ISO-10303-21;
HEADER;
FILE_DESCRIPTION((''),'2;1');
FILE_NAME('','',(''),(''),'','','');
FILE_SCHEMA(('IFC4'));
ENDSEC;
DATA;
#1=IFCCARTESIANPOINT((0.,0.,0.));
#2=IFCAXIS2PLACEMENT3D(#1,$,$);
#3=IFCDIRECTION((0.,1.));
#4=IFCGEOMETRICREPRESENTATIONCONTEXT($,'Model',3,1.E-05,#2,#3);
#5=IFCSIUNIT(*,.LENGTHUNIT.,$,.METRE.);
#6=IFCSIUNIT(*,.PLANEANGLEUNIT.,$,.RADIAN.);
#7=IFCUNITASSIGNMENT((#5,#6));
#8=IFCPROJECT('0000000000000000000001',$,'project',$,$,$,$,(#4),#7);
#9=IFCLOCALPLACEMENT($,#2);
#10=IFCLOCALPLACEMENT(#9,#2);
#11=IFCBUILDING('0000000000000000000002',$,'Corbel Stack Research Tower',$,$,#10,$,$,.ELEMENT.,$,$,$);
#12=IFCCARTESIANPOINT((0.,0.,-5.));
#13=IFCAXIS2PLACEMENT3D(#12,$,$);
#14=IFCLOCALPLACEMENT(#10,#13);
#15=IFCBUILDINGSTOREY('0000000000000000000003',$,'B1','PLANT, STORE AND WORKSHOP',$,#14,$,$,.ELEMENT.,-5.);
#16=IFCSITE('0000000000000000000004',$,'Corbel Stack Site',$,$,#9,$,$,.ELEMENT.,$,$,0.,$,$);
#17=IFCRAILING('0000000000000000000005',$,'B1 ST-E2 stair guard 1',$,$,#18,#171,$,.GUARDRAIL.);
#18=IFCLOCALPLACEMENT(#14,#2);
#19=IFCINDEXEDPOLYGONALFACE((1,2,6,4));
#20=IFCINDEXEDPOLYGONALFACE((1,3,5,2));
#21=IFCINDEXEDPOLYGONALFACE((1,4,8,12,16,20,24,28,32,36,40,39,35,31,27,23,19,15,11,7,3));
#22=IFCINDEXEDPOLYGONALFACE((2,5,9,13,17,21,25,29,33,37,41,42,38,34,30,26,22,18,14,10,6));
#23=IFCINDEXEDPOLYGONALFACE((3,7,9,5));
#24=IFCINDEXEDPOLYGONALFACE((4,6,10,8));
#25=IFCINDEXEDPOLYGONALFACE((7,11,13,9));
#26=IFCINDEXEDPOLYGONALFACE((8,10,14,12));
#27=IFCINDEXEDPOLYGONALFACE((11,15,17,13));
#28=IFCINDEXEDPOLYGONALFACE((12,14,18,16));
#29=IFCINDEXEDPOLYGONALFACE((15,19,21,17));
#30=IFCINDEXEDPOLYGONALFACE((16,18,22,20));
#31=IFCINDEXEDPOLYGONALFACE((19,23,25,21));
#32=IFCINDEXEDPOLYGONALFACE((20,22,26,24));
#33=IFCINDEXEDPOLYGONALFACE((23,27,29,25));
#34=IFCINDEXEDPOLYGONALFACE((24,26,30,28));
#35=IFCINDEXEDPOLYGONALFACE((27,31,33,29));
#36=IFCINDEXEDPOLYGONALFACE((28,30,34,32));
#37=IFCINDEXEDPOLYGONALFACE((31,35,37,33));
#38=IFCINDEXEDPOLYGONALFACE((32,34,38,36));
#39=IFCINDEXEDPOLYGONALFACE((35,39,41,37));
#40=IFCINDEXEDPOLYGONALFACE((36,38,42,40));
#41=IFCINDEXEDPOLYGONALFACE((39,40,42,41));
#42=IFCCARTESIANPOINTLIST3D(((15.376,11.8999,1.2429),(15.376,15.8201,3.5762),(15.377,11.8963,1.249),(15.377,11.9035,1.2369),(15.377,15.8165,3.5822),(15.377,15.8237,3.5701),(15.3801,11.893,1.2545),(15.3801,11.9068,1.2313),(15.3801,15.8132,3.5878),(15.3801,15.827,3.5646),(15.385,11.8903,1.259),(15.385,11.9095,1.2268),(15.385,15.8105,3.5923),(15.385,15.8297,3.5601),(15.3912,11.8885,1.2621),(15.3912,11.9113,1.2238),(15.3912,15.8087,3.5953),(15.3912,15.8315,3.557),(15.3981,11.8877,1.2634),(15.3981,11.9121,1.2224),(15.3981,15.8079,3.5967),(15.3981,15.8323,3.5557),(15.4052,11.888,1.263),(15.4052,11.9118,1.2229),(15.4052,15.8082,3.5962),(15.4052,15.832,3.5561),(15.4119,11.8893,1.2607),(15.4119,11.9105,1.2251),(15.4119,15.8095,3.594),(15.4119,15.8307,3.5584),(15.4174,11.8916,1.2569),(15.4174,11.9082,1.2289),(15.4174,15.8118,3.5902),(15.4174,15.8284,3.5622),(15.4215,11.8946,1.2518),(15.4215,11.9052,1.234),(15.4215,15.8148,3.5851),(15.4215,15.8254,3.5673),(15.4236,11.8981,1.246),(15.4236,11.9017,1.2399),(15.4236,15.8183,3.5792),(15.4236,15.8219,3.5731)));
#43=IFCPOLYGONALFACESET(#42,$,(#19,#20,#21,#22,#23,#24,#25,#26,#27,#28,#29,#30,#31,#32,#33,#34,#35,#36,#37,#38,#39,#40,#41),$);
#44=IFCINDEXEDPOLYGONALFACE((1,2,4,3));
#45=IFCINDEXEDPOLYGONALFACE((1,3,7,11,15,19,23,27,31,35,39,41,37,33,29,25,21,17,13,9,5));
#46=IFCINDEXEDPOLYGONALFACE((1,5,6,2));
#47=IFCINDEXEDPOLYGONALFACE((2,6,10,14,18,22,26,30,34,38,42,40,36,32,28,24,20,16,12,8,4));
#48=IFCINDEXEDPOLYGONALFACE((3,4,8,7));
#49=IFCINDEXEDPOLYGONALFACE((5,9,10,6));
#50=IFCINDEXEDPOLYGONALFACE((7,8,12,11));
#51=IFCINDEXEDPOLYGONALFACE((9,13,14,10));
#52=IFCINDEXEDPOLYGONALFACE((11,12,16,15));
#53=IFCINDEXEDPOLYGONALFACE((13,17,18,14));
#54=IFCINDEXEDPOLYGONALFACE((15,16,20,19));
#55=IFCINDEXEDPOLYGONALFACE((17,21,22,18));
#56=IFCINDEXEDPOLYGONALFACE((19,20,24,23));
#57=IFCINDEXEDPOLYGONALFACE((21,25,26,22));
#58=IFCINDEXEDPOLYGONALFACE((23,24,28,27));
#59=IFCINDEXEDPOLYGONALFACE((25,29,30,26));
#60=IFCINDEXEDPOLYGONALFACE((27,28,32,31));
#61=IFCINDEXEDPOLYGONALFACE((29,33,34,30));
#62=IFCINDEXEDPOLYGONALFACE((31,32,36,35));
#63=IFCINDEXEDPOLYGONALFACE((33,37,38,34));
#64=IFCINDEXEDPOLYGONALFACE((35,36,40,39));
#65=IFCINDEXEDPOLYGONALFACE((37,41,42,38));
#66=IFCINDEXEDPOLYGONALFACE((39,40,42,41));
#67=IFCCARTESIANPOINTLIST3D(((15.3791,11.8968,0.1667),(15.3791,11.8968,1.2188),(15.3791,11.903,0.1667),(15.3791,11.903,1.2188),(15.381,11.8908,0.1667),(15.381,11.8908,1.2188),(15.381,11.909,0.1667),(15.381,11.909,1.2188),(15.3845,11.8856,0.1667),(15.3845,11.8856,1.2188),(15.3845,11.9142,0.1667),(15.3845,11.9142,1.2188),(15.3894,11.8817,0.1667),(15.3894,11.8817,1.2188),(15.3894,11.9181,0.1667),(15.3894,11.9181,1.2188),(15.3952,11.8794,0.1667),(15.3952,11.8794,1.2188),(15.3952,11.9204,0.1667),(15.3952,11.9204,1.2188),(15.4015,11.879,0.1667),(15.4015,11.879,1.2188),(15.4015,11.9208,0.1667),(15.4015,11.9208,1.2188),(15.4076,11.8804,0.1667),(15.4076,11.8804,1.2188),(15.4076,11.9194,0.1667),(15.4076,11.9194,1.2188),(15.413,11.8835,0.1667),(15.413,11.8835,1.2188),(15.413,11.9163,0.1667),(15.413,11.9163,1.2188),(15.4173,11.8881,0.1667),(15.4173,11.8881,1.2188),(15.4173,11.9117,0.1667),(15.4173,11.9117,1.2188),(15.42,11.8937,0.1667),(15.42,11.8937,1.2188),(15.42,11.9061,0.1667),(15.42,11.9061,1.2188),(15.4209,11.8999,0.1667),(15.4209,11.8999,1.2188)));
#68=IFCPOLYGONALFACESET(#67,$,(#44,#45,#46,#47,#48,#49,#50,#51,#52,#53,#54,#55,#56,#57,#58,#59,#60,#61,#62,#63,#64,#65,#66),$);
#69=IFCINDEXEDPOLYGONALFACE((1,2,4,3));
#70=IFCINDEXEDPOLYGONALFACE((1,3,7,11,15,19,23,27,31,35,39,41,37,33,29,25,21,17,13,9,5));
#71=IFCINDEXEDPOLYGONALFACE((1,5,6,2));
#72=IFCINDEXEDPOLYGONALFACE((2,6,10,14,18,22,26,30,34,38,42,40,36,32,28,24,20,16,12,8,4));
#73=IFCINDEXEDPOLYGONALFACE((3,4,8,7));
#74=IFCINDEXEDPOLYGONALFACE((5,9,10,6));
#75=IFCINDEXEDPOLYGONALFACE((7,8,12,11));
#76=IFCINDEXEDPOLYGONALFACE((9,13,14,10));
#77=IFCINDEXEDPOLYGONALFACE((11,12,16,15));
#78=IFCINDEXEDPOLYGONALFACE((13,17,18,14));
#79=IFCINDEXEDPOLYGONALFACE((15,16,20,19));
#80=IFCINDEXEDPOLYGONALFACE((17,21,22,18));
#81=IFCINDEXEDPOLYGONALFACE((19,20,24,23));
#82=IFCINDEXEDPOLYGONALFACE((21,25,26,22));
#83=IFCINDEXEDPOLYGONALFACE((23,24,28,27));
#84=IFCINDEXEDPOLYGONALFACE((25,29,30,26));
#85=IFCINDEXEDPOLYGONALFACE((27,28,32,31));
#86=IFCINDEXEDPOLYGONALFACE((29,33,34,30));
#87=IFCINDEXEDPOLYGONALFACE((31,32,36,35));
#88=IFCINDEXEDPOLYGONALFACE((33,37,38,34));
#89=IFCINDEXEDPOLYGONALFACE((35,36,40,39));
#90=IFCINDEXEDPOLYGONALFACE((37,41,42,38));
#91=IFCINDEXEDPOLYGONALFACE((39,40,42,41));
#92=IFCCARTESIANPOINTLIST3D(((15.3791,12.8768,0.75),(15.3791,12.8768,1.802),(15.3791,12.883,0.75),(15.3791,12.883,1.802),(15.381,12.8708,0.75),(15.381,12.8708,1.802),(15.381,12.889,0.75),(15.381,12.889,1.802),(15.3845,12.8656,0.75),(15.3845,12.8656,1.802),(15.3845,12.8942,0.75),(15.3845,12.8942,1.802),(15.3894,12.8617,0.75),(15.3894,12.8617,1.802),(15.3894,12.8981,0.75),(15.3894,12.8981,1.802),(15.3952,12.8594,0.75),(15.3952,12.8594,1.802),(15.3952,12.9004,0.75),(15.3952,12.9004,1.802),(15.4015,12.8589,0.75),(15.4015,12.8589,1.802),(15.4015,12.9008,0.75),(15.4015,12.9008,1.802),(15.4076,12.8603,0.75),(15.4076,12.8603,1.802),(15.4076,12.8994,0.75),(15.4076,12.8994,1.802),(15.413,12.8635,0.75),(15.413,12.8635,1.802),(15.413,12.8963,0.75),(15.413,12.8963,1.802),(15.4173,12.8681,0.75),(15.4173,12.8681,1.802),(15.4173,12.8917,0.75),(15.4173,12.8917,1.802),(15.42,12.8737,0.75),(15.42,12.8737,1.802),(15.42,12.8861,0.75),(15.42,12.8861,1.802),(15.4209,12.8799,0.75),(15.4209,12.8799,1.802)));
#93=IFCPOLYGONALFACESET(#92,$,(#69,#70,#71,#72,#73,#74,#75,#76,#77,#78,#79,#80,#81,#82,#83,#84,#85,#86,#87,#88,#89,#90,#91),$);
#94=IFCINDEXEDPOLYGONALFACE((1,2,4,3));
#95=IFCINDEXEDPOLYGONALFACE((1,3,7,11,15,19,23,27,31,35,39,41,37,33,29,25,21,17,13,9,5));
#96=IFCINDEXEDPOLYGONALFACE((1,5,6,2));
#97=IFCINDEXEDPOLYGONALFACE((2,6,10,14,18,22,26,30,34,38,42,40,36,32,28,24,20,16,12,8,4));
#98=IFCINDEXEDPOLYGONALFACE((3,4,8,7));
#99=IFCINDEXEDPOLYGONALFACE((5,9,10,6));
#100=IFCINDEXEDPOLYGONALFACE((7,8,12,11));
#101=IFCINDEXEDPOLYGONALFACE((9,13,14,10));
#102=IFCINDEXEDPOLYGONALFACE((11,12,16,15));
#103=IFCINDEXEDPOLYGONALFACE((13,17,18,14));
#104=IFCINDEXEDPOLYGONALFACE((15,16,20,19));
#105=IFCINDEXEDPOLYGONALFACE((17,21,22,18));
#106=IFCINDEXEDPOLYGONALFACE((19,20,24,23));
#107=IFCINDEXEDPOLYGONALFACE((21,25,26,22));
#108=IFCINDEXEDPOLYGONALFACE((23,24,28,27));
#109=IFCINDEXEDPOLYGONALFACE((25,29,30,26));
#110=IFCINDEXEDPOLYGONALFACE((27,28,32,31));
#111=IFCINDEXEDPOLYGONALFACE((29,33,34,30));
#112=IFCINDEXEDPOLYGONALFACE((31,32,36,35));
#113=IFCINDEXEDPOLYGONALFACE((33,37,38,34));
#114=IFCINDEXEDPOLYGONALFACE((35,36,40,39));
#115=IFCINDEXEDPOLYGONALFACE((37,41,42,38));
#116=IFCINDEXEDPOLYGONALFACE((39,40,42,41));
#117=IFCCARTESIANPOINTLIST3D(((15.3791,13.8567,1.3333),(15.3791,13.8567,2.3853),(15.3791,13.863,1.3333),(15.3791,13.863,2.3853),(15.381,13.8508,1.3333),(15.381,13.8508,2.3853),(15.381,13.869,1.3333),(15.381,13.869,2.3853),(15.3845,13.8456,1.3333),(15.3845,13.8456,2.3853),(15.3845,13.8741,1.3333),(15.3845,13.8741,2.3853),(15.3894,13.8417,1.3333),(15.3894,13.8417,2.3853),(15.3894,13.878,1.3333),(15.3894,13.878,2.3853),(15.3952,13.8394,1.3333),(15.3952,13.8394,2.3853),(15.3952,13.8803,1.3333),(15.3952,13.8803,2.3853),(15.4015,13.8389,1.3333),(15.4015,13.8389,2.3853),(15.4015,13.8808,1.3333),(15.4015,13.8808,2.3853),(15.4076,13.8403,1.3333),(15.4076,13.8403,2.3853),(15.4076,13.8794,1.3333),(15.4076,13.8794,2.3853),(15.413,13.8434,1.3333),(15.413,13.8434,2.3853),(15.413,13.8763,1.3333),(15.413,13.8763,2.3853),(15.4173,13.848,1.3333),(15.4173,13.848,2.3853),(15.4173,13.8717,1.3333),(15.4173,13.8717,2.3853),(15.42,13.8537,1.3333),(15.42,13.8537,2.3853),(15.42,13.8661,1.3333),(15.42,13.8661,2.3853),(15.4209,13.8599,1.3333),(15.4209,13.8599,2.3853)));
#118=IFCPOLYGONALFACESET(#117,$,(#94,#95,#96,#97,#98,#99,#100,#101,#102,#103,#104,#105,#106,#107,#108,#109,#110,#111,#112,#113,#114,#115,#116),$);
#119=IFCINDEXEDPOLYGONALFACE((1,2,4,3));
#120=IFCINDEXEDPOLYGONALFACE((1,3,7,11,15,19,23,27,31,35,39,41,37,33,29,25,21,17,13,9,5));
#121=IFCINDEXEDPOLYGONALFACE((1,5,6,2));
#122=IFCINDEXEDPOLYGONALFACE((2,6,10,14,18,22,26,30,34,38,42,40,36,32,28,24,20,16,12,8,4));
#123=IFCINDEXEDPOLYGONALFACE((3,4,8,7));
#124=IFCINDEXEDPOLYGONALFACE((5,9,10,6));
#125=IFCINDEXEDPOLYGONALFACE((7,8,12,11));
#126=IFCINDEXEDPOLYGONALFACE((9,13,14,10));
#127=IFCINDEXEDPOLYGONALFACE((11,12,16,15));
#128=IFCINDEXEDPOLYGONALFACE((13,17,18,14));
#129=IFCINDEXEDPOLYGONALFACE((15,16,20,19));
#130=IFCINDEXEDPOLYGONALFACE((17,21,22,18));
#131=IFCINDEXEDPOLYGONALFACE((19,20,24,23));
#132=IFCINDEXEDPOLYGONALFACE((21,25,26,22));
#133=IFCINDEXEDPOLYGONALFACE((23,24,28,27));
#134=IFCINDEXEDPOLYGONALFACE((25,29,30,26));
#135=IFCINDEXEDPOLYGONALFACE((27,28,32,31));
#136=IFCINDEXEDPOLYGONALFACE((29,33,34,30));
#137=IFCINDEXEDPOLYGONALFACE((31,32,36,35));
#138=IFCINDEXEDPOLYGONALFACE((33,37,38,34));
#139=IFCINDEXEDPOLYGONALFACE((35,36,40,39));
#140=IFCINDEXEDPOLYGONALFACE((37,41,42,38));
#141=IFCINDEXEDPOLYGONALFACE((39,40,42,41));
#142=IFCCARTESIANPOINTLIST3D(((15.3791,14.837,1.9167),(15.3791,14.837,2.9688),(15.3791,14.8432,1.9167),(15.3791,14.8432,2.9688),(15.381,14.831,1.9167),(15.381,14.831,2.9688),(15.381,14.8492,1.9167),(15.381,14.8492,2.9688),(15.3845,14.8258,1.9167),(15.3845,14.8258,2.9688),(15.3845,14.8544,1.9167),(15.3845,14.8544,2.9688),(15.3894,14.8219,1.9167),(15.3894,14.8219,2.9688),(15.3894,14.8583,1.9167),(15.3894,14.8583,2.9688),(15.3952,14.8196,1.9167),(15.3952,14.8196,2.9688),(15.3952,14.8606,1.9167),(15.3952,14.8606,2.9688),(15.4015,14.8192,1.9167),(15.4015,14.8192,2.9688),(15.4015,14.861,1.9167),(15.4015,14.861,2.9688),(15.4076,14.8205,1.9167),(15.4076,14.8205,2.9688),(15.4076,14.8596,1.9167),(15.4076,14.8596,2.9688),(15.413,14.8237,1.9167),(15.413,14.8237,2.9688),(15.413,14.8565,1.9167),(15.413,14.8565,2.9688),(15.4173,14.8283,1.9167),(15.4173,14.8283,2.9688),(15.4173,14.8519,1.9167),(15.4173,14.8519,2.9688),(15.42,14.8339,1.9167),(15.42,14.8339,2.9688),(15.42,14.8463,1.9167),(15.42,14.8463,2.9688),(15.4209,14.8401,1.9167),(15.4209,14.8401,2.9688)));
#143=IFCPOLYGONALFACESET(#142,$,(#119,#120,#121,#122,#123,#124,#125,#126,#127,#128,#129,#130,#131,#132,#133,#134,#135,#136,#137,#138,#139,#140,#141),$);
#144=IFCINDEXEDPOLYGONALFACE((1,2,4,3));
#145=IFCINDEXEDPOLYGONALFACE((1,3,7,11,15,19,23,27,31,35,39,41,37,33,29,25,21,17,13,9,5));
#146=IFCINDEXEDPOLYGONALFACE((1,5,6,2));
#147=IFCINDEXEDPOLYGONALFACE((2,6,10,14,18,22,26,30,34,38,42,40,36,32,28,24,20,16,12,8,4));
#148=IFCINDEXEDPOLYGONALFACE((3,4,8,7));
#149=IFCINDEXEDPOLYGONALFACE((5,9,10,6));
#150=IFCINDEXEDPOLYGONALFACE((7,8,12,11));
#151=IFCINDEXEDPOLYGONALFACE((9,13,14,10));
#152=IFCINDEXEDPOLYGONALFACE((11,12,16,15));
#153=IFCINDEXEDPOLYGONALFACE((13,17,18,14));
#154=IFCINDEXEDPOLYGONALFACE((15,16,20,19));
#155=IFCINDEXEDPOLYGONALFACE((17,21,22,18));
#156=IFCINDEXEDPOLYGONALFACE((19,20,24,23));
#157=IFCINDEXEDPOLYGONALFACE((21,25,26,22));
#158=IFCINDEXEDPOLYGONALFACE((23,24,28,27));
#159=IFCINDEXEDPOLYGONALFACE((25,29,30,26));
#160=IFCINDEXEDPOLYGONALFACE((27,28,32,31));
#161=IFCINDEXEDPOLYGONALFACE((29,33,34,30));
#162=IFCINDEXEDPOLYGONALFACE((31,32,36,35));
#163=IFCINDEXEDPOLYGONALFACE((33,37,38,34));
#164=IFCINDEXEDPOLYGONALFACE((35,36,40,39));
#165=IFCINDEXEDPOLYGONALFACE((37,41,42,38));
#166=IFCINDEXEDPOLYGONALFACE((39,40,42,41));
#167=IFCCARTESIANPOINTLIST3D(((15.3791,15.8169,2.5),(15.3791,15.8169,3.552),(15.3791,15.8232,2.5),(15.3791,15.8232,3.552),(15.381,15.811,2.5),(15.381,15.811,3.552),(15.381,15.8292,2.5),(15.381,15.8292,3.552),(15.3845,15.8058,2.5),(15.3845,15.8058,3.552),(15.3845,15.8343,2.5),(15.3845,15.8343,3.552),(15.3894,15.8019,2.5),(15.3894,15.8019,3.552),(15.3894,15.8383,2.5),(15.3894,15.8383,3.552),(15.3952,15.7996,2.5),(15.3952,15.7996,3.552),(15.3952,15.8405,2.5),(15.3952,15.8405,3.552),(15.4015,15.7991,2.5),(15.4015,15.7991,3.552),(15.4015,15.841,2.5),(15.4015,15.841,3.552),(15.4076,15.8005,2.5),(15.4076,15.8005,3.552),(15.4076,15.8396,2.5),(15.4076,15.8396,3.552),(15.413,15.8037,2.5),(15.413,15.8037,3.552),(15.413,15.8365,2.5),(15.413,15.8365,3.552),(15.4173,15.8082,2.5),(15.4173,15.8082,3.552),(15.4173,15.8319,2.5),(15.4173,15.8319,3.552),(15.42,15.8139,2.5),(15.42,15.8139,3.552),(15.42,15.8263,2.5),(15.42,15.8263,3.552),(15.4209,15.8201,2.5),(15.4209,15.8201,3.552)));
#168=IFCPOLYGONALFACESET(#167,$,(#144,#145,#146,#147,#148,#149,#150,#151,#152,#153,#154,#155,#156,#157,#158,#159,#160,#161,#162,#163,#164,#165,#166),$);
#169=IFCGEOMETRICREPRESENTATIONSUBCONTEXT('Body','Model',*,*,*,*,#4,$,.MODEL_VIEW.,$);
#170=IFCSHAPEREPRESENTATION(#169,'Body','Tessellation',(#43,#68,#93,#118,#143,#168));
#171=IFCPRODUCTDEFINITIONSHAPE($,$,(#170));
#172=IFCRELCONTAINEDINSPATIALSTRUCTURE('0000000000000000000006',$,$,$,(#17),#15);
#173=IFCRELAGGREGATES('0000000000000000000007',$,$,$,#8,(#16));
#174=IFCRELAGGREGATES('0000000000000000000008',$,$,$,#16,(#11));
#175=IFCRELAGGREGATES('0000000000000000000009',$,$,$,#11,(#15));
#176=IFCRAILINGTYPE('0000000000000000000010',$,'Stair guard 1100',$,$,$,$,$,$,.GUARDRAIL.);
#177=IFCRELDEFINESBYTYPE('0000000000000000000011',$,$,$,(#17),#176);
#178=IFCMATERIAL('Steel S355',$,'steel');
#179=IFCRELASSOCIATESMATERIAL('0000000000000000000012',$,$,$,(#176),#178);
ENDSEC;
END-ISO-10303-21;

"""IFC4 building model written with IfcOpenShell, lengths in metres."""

from ifc_helpers import new_model, si_unit, direction, frame, origin, origin_2d, place, context, subcontext, project, spatial, circle, extrude, material, type_object, element, save


model = new_model("IFC4")

# Units and contexts
model_context = context("Model", 3, precision=1e-05, world=origin(), true_north=direction((0.0, 1.0)))
body_context = subcontext(model_context, "Body", "Model", "MODEL_VIEW")
ifc_project = project(units=[si_unit("LENGTHUNIT", "METRE"), si_unit("PLANEANGLEUNIT", "RADIAN")], contexts=[model_context])

# Site, building, storey
site_placement = place(None, origin())
site = spatial("IfcSite", under=ifc_project, at=site_placement, Name="Corbel Stack Site", CompositionType="ELEMENT", RefElevation=0.0)
building_placement = place(site_placement, origin())
building = spatial("IfcBuilding", under=site, at=building_placement, Name="Corbel Stack Research Tower", CompositionType="ELEMENT")
storey_placement = place(building_placement, frame((0.0, 0.0, -5.0)))
storey = spatial("IfcBuildingStorey", under=building, at=storey_placement, Name="B1", Description="PLANT, STORE AND WORKSHOP", CompositionType="ELEMENT", Elevation=-5.0)

# Railing
ifc_material_1 = material(Name="Steel S355", Category="steel")
railing_type_1 = type_object("IfcRailingType", Name="Stair guard 1100", PredefinedType="GUARDRAIL", material=ifc_material_1)
railing_1_placement = place(storey_placement, frame((15.3999, 11.8999, 0.1667)))
element("IfcRailing", 1, at=railing_1_placement, inside=storey, type_object=railing_type_1, Name="B1 ST-E2 stair guard 1", PredefinedType="GUARDRAIL", context=body_context, shape_type="SweptSolid", body=[
    extrude(circle(Radius=0.0239, at=origin_2d()), frame((0.0, 0.0, 1.0762), z_axis=(0.0, 0.85931, 0.511455), x_axis=(-1.0, 0.0, 0.0)), (0.0, 0.0, 1.0), 4.562),
    extrude(circle(Radius=0.021, at=origin_2d()), origin(), (0.0, 0.0, 1.0), 1.052),
    extrude(circle(Radius=0.021, at=origin_2d()), frame((0.0, 0.98, 0.5833)), (0.0, 0.0, 1.0), 1.052),
    extrude(circle(Radius=0.021, at=origin_2d()), frame((0.0, 1.96, 1.1665)), (0.0, 0.0, 1.0), 1.052),
    extrude(circle(Radius=0.021, at=origin_2d()), frame((0.0, 2.9402, 1.75)), (0.0, 0.0, 1.0), 1.052),
    extrude(circle(Radius=0.021, at=origin_2d()), frame((0.0, 3.9202, 2.3333)), (0.0, 0.0, 1.0), 1.052),
])

save(model, "model.ifc")
